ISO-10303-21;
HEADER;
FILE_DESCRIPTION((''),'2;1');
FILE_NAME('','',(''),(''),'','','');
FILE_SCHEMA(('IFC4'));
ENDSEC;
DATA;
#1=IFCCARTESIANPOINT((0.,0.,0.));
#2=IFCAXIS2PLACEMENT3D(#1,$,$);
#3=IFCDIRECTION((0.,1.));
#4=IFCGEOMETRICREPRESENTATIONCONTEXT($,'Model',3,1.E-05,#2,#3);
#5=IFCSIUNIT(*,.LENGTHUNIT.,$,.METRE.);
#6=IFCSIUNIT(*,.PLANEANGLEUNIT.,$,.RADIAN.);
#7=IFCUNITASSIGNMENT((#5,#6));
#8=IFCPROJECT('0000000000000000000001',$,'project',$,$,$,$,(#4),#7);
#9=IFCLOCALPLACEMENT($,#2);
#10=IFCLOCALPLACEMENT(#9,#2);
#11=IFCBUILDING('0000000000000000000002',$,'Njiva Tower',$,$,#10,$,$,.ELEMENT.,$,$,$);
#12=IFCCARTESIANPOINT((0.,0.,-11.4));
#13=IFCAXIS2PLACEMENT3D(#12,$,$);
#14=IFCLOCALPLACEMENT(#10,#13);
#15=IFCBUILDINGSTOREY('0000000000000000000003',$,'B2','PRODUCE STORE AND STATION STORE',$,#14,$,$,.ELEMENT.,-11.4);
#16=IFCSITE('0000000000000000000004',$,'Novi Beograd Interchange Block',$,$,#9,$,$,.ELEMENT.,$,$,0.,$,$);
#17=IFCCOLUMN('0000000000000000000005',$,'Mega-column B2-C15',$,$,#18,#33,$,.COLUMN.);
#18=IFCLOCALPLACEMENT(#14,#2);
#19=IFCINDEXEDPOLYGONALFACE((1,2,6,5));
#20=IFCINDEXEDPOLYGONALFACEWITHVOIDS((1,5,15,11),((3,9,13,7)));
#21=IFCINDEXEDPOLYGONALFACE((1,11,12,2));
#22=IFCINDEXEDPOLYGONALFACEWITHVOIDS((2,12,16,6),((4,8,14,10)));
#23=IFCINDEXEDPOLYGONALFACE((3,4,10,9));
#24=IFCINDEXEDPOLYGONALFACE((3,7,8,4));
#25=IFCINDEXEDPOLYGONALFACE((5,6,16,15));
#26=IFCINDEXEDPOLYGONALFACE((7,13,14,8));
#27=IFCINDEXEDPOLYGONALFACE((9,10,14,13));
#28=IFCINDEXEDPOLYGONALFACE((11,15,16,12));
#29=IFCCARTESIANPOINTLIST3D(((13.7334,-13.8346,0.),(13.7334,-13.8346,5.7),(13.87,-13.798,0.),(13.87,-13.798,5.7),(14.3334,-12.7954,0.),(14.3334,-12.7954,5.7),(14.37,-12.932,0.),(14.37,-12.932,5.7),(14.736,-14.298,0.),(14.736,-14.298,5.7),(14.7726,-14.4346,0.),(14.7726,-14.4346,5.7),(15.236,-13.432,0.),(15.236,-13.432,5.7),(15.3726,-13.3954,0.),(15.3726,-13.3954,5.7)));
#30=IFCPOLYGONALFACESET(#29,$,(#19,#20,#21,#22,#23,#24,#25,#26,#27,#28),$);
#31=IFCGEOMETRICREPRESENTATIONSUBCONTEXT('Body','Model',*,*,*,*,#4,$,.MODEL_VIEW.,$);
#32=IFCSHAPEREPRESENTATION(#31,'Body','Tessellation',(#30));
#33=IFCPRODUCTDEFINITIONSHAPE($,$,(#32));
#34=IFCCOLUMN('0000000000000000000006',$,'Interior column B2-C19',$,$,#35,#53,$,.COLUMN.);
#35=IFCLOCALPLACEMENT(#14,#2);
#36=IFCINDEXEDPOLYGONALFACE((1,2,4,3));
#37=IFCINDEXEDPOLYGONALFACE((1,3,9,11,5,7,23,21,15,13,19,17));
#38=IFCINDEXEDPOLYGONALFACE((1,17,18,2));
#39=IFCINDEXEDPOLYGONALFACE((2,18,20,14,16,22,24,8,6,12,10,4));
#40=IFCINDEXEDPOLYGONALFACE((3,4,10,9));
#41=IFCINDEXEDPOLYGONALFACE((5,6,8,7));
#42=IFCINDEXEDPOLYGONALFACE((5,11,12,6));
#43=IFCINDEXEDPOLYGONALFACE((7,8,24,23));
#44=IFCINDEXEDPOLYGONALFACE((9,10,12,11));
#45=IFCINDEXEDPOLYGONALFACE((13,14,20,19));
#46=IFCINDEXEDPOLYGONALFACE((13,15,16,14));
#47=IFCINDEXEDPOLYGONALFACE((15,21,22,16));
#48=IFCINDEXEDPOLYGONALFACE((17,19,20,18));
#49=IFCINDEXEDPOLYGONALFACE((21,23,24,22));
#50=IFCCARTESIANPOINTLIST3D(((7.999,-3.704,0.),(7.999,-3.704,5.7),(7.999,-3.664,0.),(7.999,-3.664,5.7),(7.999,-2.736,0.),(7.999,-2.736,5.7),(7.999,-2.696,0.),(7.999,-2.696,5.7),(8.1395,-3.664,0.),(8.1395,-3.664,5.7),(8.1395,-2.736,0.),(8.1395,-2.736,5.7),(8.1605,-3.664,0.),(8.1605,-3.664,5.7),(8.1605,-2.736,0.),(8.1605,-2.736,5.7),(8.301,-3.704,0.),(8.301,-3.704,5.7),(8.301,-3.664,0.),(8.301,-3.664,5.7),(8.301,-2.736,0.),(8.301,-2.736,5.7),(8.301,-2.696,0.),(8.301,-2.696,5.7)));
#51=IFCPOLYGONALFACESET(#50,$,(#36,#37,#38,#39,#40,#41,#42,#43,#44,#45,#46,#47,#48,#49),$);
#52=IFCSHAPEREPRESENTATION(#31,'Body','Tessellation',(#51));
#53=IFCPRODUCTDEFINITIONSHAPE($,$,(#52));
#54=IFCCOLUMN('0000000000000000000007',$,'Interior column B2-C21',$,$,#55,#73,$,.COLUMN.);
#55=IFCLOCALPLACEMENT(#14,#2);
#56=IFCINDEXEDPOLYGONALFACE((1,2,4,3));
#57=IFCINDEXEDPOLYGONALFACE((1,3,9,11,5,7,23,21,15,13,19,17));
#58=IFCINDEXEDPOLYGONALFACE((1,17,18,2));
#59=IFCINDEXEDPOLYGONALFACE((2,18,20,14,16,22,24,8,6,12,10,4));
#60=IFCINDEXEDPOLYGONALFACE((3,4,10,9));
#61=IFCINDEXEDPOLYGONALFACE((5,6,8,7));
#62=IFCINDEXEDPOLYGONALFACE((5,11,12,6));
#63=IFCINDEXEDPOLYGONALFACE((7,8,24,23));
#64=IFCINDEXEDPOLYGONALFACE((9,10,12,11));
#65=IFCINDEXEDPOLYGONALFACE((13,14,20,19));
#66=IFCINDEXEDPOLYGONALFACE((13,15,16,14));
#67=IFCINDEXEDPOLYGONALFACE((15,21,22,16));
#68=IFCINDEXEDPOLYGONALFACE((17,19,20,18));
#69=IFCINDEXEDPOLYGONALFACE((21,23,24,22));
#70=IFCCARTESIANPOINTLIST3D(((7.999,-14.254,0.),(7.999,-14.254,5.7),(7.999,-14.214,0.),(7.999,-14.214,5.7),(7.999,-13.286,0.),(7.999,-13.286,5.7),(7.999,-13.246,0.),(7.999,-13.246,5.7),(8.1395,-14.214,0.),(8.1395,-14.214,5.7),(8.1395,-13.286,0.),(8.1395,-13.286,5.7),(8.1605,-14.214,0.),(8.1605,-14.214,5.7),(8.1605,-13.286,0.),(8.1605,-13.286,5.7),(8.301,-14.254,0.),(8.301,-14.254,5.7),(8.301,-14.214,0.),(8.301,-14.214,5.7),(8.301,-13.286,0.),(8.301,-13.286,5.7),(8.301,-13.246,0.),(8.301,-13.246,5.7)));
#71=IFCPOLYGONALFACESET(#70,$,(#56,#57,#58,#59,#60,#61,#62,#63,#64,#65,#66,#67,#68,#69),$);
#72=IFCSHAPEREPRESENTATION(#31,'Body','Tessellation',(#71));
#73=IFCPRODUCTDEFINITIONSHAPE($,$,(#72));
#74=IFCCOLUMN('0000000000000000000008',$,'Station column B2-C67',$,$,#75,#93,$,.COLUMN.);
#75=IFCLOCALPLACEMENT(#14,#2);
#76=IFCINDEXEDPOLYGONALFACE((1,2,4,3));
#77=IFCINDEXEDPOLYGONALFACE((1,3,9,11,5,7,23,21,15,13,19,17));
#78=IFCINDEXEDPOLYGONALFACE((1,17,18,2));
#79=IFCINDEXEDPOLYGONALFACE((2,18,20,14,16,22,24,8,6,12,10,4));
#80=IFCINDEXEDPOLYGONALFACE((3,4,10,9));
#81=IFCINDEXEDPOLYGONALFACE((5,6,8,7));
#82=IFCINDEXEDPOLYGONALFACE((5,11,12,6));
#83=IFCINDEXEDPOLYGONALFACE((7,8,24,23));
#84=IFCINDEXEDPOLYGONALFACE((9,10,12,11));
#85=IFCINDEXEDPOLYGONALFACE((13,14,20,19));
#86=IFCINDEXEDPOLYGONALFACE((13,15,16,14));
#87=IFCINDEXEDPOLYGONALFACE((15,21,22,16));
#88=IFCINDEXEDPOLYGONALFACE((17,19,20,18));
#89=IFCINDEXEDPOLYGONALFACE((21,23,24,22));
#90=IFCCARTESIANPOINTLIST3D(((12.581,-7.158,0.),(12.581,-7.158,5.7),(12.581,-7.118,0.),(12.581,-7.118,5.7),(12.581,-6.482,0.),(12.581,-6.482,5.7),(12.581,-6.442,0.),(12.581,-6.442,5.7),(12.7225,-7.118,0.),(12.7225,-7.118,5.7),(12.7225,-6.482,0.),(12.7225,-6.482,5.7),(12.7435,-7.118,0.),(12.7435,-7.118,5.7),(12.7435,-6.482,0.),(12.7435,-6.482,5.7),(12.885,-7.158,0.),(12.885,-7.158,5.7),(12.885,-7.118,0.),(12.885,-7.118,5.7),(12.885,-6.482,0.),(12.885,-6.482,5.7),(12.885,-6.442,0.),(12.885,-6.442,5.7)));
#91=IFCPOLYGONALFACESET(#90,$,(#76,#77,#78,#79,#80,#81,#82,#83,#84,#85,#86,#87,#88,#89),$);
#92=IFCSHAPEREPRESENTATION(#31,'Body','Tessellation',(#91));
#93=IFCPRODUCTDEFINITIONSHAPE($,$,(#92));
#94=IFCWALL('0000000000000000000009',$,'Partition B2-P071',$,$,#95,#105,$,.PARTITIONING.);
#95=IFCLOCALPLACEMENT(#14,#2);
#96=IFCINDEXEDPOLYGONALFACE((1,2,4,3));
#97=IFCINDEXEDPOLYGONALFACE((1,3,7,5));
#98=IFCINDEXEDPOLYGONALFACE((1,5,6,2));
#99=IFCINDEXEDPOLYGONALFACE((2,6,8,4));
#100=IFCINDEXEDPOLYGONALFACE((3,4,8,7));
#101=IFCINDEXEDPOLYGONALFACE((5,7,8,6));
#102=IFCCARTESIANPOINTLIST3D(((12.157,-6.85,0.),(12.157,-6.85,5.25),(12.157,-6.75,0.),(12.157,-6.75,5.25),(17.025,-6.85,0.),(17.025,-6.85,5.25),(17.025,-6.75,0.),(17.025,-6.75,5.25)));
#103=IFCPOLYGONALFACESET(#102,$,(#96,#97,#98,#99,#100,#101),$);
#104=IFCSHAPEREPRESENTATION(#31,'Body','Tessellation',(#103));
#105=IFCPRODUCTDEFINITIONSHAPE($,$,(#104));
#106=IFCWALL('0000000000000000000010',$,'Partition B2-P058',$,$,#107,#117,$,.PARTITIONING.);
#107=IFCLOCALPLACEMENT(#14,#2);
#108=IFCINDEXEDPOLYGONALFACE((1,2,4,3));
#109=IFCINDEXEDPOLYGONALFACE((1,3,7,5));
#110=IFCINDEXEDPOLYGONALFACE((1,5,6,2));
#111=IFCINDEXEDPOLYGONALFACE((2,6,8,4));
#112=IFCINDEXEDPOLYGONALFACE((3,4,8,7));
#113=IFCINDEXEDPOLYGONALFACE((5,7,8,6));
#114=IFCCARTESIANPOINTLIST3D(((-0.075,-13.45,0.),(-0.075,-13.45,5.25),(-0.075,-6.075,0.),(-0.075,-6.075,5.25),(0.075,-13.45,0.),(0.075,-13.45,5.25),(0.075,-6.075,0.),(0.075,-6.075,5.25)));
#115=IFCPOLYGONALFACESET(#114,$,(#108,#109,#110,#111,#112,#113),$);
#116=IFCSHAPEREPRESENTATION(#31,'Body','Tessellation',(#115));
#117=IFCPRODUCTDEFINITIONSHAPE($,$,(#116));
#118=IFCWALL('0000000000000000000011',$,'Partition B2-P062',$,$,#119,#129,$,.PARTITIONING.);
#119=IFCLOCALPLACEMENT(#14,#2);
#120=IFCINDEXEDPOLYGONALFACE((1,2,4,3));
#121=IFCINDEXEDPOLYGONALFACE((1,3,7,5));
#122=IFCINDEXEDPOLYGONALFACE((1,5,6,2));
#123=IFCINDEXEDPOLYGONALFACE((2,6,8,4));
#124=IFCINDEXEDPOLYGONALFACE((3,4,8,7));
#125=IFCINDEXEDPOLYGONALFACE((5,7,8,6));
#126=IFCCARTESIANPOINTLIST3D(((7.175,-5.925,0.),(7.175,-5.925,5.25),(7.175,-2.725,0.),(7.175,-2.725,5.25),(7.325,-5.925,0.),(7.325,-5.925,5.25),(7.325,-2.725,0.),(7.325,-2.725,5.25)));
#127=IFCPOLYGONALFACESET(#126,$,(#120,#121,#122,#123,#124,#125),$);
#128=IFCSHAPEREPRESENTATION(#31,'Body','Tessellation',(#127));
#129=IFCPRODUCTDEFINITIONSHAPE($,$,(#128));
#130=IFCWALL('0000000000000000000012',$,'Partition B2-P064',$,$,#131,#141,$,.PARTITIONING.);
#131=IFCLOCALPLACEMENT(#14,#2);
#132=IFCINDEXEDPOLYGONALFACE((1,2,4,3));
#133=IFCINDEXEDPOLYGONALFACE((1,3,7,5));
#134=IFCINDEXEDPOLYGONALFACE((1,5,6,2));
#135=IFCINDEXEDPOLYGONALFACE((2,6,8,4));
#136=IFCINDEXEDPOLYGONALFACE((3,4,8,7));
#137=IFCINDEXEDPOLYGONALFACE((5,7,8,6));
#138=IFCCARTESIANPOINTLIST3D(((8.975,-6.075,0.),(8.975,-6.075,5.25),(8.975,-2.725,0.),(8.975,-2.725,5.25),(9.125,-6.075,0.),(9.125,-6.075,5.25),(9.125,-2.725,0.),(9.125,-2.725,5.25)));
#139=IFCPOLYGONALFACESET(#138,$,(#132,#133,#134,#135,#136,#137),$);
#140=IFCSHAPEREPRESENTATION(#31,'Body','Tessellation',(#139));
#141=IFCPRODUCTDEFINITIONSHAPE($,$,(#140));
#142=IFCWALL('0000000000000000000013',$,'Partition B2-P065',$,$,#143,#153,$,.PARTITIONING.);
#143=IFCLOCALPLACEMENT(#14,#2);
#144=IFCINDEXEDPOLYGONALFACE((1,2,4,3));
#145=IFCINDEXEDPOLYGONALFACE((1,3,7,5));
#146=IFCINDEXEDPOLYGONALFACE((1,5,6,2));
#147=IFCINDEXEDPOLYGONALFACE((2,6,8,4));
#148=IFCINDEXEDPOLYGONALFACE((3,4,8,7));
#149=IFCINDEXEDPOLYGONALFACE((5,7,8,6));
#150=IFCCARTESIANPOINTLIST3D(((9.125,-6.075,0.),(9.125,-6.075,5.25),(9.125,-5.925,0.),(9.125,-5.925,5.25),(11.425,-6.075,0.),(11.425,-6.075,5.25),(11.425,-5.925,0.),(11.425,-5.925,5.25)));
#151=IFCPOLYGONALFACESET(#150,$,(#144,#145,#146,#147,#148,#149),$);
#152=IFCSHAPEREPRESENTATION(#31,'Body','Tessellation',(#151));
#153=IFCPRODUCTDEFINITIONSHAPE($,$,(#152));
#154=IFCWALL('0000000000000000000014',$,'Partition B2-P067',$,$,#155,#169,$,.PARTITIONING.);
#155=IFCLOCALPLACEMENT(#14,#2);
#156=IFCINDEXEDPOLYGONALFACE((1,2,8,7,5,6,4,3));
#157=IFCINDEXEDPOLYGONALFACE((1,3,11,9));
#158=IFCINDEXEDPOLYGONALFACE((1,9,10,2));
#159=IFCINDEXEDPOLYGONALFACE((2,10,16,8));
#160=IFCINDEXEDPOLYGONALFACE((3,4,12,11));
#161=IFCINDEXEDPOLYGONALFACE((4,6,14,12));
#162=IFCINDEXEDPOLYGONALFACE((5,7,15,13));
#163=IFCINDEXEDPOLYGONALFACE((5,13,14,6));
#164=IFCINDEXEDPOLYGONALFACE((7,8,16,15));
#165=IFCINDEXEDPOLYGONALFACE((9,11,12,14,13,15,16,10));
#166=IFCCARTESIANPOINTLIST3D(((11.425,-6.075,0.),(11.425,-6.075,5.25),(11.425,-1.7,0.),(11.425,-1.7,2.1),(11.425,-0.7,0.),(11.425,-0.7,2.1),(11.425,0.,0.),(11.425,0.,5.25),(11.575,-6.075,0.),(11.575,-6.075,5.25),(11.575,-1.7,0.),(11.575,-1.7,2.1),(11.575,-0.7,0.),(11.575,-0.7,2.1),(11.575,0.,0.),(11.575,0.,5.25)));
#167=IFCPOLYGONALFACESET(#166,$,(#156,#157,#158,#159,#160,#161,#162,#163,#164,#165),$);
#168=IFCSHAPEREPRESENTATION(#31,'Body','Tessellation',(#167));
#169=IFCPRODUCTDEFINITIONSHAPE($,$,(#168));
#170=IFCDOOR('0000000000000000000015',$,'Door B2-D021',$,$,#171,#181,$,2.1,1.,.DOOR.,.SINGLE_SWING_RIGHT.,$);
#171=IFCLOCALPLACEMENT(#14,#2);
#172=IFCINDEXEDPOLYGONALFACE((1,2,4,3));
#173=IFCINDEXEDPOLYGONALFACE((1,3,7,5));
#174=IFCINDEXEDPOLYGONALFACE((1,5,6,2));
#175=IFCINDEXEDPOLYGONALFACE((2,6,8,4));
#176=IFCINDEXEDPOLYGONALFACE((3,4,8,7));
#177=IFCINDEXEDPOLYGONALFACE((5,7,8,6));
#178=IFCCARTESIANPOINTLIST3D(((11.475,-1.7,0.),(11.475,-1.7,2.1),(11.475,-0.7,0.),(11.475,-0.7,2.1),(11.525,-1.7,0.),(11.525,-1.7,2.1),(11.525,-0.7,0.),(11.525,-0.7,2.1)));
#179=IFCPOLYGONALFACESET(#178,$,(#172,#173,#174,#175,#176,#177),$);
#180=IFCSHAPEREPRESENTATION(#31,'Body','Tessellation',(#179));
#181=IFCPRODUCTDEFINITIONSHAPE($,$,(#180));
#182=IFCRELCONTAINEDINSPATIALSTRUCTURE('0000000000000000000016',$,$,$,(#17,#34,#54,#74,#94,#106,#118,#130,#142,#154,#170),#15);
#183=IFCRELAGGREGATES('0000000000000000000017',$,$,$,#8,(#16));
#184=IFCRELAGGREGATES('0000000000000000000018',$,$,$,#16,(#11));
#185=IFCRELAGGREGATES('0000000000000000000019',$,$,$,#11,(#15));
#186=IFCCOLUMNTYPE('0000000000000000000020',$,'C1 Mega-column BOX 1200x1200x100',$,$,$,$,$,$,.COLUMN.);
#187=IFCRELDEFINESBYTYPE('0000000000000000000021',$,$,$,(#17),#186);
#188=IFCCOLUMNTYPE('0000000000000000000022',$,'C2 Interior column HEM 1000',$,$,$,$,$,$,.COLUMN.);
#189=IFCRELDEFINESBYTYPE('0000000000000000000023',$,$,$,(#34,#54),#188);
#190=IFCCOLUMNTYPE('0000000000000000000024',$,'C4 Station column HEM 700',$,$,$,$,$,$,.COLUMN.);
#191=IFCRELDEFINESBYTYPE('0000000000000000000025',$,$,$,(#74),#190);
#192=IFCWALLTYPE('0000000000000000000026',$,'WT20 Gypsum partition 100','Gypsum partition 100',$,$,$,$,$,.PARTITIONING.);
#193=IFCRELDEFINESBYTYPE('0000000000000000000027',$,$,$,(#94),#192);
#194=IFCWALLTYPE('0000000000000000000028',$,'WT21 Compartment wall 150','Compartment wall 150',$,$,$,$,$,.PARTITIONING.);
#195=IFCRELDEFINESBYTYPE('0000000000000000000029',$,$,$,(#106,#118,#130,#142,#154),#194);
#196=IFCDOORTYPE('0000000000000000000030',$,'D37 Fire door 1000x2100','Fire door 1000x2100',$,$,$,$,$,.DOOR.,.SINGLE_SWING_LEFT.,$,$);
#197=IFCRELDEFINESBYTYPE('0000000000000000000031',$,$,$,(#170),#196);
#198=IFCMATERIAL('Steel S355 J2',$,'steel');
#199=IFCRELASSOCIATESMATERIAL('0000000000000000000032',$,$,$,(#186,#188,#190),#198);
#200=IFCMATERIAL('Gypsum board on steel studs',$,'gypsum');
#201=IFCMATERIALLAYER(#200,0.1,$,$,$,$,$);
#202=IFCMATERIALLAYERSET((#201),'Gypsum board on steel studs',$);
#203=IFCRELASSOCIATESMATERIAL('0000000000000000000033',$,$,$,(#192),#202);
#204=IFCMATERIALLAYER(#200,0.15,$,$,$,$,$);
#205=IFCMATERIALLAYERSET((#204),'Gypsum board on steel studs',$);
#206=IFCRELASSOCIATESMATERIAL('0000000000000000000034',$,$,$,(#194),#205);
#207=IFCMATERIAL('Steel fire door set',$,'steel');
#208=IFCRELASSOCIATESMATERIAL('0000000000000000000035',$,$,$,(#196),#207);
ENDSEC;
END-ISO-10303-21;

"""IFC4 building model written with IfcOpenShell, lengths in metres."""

from ifc_helpers import new_model, si_unit, direction, frame, frame_2d, origin, origin_2d, place, context, subcontext, project, spatial, rectangle, hollow_rectangle, i_section, extrude, material, layer, layer_set, material_profile, profile_set, type_object, element, fill, save


model = new_model("IFC4")

# Units and contexts
model_context = context("Model", 3, precision=1e-05, world=origin(), true_north=direction((0.0, 1.0)))
body_context = subcontext(model_context, "Body", "Model", "MODEL_VIEW")
ifc_project = project(units=[si_unit("LENGTHUNIT", "METRE"), si_unit("PLANEANGLEUNIT", "RADIAN")], contexts=[model_context])

# Site, building, storey
site_placement = place(None, origin())
site = spatial("IfcSite", under=ifc_project, at=site_placement, Name="Novi Beograd Interchange Block", CompositionType="ELEMENT", RefElevation=0.0)
building_placement = place(site_placement, origin())
building = spatial("IfcBuilding", under=site, at=building_placement, Name="Njiva Tower", CompositionType="ELEMENT")
storey_placement = place(building_placement, frame((0.0, 0.0, -11.4)))
storey = spatial("IfcBuildingStorey", under=building, at=storey_placement, Name="B2", Description="PRODUCE STORE AND STATION STORE", CompositionType="ELEMENT", Elevation=-11.4)

# Columns
ifc_material_1 = material(Name="Steel S355 J2", Category="steel")
ifc_material_profile_1 = material_profile(ifc_material_1, hollow_rectangle(XDim=1.2, YDim=1.2, WallThickness=0.1, at=origin_2d()), Name="BOX 1200x1200x100")
ifc_profile_set_1 = profile_set([ifc_material_profile_1], Name="Steel S355 J2")
column_type_1 = type_object("IfcColumnType", Name="C1 Mega-column BOX 1200x1200x100", PredefinedType="COLUMN", material=ifc_profile_set_1)
column_1_placement = place(storey_placement, frame((14.553, -13.615, 0.0), z_axis=(0.0, 0.0, 1.0), x_axis=(0.5, 0.866025, 0.0)))
element("IfcColumn", 1, at=column_1_placement, inside=storey, type_object=column_type_1, Name="Mega-column B2-C15", PredefinedType="COLUMN", context=body_context, shape_type="SweptSolid", body=[
    extrude(hollow_rectangle(XDim=1.2, YDim=1.2, WallThickness=0.1, at=origin_2d()), origin(), (0.0, 0.0, 1.0), 5.7),
])
ifc_material_profile_2 = material_profile(ifc_material_1, i_section(OverallWidth=0.302, OverallDepth=1.008, WebThickness=0.021, FlangeThickness=0.04, at=origin_2d()), Name="HEM 1000")
ifc_profile_set_2 = profile_set([ifc_material_profile_2], Name="Steel S355 J2")
column_type_2 = type_object("IfcColumnType", Name="C2 Interior column HEM 1000", PredefinedType="COLUMN", material=ifc_profile_set_2)
for number, where, z_axis, x_axis, name in (
    (2, (8.15, -3.2, 0.0), (0.0, 0.0, 1.0), (1.0, 0.0, 0.0), "Interior column B2-C19"),
    (3, (8.15, -13.75, 0.0), (0.0, 0.0, 1.0), (1.0, 0.0, 0.0), "Interior column B2-C21"),
):
    element("IfcColumn", number, at=place(storey_placement, frame(where, z_axis=z_axis, x_axis=x_axis)), inside=storey, type_object=column_type_2, Name=name, PredefinedType="COLUMN", context=body_context, shape_type="SweptSolid", body=[
        extrude(i_section(OverallWidth=0.302, OverallDepth=1.008, WebThickness=0.021, FlangeThickness=0.04, at=origin_2d()), origin(), (0.0, 0.0, 1.0), 5.7),
    ])
ifc_material_profile_3 = material_profile(ifc_material_1, i_section(OverallWidth=0.304, OverallDepth=0.716, WebThickness=0.021, FlangeThickness=0.04, at=origin_2d()), Name="HEM 700")
ifc_profile_set_3 = profile_set([ifc_material_profile_3], Name="Steel S355 J2")
column_type_3 = type_object("IfcColumnType", Name="C4 Station column HEM 700", PredefinedType="COLUMN", material=ifc_profile_set_3)
column_2_placement = place(storey_placement, frame((12.733, -6.8, 0.0), z_axis=(0.0, 0.0, 1.0), x_axis=(1.0, 0.0, 0.0)))
element("IfcColumn", 4, at=column_2_placement, inside=storey, type_object=column_type_3, Name="Station column B2-C67", PredefinedType="COLUMN", context=body_context, shape_type="SweptSolid", body=[
    extrude(i_section(OverallWidth=0.304, OverallDepth=0.716, WebThickness=0.021, FlangeThickness=0.04, at=origin_2d()), origin(), (0.0, 0.0, 1.0), 5.7),
])

# Walls
ifc_material_2 = material(Name="Gypsum board on steel studs", Category="gypsum")
ifc_layer_1 = layer(ifc_material_2, 0.1)
ifc_layer_set_1 = layer_set([ifc_layer_1], Name="Gypsum board on steel studs")
wall_type_1 = type_object("IfcWallType", Name="WT20 Gypsum partition 100", Description="Gypsum partition 100", PredefinedType="PARTITIONING", material=ifc_layer_set_1)
wall_1_placement = place(storey_placement, frame((12.157, -6.8, 0.0), z_axis=(0.0, 0.0, 1.0), x_axis=(1.0, 0.0, 0.0)))
element("IfcWall", 5, at=wall_1_placement, inside=storey, type_object=wall_type_1, Name="Partition B2-P071", PredefinedType="PARTITIONING", context=body_context, shape_type="SweptSolid", body=[
    extrude(rectangle(XDim=4.868, YDim=0.1, at=frame_2d((2.434, 0.0))), origin(), (0.0, 0.0, 1.0), 5.25),
])
ifc_layer_2 = layer(ifc_material_2, 0.15)
ifc_layer_set_2 = layer_set([ifc_layer_2], Name="Gypsum board on steel studs")
wall_type_2 = type_object("IfcWallType", Name="WT21 Compartment wall 150", Description="Compartment wall 150", PredefinedType="PARTITIONING", material=ifc_layer_set_2)
wall_2_placement = place(storey_placement, frame((0.0, -13.45, 0.0), z_axis=(0.0, 0.0, 1.0), x_axis=(0.0, 1.0, 0.0)))
element("IfcWall", 6, at=wall_2_placement, inside=storey, type_object=wall_type_2, Name="Partition B2-P058", PredefinedType="PARTITIONING", context=body_context, shape_type="SweptSolid", body=[
    extrude(rectangle(XDim=7.375, YDim=0.15, at=frame_2d((3.6875, 0.0))), origin(), (0.0, 0.0, 1.0), 5.25),
])
wall_3_placement = place(storey_placement, frame((7.25, -5.925, 0.0), z_axis=(0.0, 0.0, 1.0), x_axis=(0.0, 1.0, 0.0)))
element("IfcWall", 7, at=wall_3_placement, inside=storey, type_object=wall_type_2, Name="Partition B2-P062", PredefinedType="PARTITIONING", context=body_context, shape_type="SweptSolid", body=[
    extrude(rectangle(XDim=3.2, YDim=0.15, at=frame_2d((1.6, 0.0))), origin(), (0.0, 0.0, 1.0), 5.25),
])
wall_4_placement = place(storey_placement, frame((9.05, -6.075, 0.0), z_axis=(0.0, 0.0, 1.0), x_axis=(0.0, 1.0, 0.0)))
element("IfcWall", 8, at=wall_4_placement, inside=storey, type_object=wall_type_2, Name="Partition B2-P064", PredefinedType="PARTITIONING", context=body_context, shape_type="SweptSolid", body=[
    extrude(rectangle(XDim=3.35, YDim=0.15, at=frame_2d((1.675, 0.0))), origin(), (0.0, 0.0, 1.0), 5.25),
])
wall_5_placement = place(storey_placement, frame((9.125, -6.0, 0.0), z_axis=(0.0, 0.0, 1.0), x_axis=(1.0, 0.0, 0.0)))
element("IfcWall", 9, at=wall_5_placement, inside=storey, type_object=wall_type_2, Name="Partition B2-P065", PredefinedType="PARTITIONING", context=body_context, shape_type="SweptSolid", body=[
    extrude(rectangle(XDim=2.3, YDim=0.15, at=frame_2d((1.15, 0.0))), origin(), (0.0, 0.0, 1.0), 5.25),
])

# Wall, opening, door
wall_6_placement = place(storey_placement, frame((11.5, -6.075, 0.0), z_axis=(0.0, 0.0, 1.0), x_axis=(0.0, 1.0, 0.0)))
wall_6 = element("IfcWall", 10, at=wall_6_placement, inside=storey, type_object=wall_type_2, Name="Partition B2-P067", PredefinedType="PARTITIONING", context=body_context, shape_type="SweptSolid", body=[
    extrude(rectangle(XDim=6.075, YDim=0.15, at=frame_2d((3.0375, 0.0))), origin(), (0.0, 0.0, 1.0), 5.25),
])
opening_1_placement = place(wall_6_placement, frame((4.375, 0.0, 0.0)))
opening_1 = element("IfcOpeningElement", 11, at=opening_1_placement, cuts=wall_6, PredefinedType="OPENING", context=body_context, shape_type="SweptSolid", body=[
    extrude(rectangle(XDim=1.0, YDim=2.1, at=frame_2d((0.5, 1.05))), frame((0.0, 0.085, 0.0), z_axis=(0.0, -1.0, 0.0), x_axis=(1.0, 0.0, 0.0)), (0.0, 0.0, 1.0), 0.17),
])
ifc_material_3 = material(Name="Steel fire door set", Category="steel")
door_type_1 = type_object("IfcDoorType", Name="D37 Fire door 1000x2100", Description="Fire door 1000x2100", OperationType="SINGLE_SWING_LEFT", PredefinedType="DOOR", material=ifc_material_3)
door_1_placement = place(opening_1_placement, origin())
door_1 = element("IfcDoor", 12, at=door_1_placement, inside=storey, type_object=door_type_1, Name="Door B2-D021", OperationType="SINGLE_SWING_RIGHT", OverallHeight=2.1, OverallWidth=1.0, PredefinedType="DOOR", context=body_context, shape_type="SweptSolid", body=[
    extrude(rectangle(XDim=1.0, YDim=2.1, at=frame_2d((0.5, 1.05))), frame((0.0, 0.025, 0.0), z_axis=(0.0, -1.0, 0.0), x_axis=(1.0, 0.0, 0.0)), (0.0, 0.0, 1.0), 0.05),
])
fill(opening_1, door_1)

save(model, "model.ifc")
